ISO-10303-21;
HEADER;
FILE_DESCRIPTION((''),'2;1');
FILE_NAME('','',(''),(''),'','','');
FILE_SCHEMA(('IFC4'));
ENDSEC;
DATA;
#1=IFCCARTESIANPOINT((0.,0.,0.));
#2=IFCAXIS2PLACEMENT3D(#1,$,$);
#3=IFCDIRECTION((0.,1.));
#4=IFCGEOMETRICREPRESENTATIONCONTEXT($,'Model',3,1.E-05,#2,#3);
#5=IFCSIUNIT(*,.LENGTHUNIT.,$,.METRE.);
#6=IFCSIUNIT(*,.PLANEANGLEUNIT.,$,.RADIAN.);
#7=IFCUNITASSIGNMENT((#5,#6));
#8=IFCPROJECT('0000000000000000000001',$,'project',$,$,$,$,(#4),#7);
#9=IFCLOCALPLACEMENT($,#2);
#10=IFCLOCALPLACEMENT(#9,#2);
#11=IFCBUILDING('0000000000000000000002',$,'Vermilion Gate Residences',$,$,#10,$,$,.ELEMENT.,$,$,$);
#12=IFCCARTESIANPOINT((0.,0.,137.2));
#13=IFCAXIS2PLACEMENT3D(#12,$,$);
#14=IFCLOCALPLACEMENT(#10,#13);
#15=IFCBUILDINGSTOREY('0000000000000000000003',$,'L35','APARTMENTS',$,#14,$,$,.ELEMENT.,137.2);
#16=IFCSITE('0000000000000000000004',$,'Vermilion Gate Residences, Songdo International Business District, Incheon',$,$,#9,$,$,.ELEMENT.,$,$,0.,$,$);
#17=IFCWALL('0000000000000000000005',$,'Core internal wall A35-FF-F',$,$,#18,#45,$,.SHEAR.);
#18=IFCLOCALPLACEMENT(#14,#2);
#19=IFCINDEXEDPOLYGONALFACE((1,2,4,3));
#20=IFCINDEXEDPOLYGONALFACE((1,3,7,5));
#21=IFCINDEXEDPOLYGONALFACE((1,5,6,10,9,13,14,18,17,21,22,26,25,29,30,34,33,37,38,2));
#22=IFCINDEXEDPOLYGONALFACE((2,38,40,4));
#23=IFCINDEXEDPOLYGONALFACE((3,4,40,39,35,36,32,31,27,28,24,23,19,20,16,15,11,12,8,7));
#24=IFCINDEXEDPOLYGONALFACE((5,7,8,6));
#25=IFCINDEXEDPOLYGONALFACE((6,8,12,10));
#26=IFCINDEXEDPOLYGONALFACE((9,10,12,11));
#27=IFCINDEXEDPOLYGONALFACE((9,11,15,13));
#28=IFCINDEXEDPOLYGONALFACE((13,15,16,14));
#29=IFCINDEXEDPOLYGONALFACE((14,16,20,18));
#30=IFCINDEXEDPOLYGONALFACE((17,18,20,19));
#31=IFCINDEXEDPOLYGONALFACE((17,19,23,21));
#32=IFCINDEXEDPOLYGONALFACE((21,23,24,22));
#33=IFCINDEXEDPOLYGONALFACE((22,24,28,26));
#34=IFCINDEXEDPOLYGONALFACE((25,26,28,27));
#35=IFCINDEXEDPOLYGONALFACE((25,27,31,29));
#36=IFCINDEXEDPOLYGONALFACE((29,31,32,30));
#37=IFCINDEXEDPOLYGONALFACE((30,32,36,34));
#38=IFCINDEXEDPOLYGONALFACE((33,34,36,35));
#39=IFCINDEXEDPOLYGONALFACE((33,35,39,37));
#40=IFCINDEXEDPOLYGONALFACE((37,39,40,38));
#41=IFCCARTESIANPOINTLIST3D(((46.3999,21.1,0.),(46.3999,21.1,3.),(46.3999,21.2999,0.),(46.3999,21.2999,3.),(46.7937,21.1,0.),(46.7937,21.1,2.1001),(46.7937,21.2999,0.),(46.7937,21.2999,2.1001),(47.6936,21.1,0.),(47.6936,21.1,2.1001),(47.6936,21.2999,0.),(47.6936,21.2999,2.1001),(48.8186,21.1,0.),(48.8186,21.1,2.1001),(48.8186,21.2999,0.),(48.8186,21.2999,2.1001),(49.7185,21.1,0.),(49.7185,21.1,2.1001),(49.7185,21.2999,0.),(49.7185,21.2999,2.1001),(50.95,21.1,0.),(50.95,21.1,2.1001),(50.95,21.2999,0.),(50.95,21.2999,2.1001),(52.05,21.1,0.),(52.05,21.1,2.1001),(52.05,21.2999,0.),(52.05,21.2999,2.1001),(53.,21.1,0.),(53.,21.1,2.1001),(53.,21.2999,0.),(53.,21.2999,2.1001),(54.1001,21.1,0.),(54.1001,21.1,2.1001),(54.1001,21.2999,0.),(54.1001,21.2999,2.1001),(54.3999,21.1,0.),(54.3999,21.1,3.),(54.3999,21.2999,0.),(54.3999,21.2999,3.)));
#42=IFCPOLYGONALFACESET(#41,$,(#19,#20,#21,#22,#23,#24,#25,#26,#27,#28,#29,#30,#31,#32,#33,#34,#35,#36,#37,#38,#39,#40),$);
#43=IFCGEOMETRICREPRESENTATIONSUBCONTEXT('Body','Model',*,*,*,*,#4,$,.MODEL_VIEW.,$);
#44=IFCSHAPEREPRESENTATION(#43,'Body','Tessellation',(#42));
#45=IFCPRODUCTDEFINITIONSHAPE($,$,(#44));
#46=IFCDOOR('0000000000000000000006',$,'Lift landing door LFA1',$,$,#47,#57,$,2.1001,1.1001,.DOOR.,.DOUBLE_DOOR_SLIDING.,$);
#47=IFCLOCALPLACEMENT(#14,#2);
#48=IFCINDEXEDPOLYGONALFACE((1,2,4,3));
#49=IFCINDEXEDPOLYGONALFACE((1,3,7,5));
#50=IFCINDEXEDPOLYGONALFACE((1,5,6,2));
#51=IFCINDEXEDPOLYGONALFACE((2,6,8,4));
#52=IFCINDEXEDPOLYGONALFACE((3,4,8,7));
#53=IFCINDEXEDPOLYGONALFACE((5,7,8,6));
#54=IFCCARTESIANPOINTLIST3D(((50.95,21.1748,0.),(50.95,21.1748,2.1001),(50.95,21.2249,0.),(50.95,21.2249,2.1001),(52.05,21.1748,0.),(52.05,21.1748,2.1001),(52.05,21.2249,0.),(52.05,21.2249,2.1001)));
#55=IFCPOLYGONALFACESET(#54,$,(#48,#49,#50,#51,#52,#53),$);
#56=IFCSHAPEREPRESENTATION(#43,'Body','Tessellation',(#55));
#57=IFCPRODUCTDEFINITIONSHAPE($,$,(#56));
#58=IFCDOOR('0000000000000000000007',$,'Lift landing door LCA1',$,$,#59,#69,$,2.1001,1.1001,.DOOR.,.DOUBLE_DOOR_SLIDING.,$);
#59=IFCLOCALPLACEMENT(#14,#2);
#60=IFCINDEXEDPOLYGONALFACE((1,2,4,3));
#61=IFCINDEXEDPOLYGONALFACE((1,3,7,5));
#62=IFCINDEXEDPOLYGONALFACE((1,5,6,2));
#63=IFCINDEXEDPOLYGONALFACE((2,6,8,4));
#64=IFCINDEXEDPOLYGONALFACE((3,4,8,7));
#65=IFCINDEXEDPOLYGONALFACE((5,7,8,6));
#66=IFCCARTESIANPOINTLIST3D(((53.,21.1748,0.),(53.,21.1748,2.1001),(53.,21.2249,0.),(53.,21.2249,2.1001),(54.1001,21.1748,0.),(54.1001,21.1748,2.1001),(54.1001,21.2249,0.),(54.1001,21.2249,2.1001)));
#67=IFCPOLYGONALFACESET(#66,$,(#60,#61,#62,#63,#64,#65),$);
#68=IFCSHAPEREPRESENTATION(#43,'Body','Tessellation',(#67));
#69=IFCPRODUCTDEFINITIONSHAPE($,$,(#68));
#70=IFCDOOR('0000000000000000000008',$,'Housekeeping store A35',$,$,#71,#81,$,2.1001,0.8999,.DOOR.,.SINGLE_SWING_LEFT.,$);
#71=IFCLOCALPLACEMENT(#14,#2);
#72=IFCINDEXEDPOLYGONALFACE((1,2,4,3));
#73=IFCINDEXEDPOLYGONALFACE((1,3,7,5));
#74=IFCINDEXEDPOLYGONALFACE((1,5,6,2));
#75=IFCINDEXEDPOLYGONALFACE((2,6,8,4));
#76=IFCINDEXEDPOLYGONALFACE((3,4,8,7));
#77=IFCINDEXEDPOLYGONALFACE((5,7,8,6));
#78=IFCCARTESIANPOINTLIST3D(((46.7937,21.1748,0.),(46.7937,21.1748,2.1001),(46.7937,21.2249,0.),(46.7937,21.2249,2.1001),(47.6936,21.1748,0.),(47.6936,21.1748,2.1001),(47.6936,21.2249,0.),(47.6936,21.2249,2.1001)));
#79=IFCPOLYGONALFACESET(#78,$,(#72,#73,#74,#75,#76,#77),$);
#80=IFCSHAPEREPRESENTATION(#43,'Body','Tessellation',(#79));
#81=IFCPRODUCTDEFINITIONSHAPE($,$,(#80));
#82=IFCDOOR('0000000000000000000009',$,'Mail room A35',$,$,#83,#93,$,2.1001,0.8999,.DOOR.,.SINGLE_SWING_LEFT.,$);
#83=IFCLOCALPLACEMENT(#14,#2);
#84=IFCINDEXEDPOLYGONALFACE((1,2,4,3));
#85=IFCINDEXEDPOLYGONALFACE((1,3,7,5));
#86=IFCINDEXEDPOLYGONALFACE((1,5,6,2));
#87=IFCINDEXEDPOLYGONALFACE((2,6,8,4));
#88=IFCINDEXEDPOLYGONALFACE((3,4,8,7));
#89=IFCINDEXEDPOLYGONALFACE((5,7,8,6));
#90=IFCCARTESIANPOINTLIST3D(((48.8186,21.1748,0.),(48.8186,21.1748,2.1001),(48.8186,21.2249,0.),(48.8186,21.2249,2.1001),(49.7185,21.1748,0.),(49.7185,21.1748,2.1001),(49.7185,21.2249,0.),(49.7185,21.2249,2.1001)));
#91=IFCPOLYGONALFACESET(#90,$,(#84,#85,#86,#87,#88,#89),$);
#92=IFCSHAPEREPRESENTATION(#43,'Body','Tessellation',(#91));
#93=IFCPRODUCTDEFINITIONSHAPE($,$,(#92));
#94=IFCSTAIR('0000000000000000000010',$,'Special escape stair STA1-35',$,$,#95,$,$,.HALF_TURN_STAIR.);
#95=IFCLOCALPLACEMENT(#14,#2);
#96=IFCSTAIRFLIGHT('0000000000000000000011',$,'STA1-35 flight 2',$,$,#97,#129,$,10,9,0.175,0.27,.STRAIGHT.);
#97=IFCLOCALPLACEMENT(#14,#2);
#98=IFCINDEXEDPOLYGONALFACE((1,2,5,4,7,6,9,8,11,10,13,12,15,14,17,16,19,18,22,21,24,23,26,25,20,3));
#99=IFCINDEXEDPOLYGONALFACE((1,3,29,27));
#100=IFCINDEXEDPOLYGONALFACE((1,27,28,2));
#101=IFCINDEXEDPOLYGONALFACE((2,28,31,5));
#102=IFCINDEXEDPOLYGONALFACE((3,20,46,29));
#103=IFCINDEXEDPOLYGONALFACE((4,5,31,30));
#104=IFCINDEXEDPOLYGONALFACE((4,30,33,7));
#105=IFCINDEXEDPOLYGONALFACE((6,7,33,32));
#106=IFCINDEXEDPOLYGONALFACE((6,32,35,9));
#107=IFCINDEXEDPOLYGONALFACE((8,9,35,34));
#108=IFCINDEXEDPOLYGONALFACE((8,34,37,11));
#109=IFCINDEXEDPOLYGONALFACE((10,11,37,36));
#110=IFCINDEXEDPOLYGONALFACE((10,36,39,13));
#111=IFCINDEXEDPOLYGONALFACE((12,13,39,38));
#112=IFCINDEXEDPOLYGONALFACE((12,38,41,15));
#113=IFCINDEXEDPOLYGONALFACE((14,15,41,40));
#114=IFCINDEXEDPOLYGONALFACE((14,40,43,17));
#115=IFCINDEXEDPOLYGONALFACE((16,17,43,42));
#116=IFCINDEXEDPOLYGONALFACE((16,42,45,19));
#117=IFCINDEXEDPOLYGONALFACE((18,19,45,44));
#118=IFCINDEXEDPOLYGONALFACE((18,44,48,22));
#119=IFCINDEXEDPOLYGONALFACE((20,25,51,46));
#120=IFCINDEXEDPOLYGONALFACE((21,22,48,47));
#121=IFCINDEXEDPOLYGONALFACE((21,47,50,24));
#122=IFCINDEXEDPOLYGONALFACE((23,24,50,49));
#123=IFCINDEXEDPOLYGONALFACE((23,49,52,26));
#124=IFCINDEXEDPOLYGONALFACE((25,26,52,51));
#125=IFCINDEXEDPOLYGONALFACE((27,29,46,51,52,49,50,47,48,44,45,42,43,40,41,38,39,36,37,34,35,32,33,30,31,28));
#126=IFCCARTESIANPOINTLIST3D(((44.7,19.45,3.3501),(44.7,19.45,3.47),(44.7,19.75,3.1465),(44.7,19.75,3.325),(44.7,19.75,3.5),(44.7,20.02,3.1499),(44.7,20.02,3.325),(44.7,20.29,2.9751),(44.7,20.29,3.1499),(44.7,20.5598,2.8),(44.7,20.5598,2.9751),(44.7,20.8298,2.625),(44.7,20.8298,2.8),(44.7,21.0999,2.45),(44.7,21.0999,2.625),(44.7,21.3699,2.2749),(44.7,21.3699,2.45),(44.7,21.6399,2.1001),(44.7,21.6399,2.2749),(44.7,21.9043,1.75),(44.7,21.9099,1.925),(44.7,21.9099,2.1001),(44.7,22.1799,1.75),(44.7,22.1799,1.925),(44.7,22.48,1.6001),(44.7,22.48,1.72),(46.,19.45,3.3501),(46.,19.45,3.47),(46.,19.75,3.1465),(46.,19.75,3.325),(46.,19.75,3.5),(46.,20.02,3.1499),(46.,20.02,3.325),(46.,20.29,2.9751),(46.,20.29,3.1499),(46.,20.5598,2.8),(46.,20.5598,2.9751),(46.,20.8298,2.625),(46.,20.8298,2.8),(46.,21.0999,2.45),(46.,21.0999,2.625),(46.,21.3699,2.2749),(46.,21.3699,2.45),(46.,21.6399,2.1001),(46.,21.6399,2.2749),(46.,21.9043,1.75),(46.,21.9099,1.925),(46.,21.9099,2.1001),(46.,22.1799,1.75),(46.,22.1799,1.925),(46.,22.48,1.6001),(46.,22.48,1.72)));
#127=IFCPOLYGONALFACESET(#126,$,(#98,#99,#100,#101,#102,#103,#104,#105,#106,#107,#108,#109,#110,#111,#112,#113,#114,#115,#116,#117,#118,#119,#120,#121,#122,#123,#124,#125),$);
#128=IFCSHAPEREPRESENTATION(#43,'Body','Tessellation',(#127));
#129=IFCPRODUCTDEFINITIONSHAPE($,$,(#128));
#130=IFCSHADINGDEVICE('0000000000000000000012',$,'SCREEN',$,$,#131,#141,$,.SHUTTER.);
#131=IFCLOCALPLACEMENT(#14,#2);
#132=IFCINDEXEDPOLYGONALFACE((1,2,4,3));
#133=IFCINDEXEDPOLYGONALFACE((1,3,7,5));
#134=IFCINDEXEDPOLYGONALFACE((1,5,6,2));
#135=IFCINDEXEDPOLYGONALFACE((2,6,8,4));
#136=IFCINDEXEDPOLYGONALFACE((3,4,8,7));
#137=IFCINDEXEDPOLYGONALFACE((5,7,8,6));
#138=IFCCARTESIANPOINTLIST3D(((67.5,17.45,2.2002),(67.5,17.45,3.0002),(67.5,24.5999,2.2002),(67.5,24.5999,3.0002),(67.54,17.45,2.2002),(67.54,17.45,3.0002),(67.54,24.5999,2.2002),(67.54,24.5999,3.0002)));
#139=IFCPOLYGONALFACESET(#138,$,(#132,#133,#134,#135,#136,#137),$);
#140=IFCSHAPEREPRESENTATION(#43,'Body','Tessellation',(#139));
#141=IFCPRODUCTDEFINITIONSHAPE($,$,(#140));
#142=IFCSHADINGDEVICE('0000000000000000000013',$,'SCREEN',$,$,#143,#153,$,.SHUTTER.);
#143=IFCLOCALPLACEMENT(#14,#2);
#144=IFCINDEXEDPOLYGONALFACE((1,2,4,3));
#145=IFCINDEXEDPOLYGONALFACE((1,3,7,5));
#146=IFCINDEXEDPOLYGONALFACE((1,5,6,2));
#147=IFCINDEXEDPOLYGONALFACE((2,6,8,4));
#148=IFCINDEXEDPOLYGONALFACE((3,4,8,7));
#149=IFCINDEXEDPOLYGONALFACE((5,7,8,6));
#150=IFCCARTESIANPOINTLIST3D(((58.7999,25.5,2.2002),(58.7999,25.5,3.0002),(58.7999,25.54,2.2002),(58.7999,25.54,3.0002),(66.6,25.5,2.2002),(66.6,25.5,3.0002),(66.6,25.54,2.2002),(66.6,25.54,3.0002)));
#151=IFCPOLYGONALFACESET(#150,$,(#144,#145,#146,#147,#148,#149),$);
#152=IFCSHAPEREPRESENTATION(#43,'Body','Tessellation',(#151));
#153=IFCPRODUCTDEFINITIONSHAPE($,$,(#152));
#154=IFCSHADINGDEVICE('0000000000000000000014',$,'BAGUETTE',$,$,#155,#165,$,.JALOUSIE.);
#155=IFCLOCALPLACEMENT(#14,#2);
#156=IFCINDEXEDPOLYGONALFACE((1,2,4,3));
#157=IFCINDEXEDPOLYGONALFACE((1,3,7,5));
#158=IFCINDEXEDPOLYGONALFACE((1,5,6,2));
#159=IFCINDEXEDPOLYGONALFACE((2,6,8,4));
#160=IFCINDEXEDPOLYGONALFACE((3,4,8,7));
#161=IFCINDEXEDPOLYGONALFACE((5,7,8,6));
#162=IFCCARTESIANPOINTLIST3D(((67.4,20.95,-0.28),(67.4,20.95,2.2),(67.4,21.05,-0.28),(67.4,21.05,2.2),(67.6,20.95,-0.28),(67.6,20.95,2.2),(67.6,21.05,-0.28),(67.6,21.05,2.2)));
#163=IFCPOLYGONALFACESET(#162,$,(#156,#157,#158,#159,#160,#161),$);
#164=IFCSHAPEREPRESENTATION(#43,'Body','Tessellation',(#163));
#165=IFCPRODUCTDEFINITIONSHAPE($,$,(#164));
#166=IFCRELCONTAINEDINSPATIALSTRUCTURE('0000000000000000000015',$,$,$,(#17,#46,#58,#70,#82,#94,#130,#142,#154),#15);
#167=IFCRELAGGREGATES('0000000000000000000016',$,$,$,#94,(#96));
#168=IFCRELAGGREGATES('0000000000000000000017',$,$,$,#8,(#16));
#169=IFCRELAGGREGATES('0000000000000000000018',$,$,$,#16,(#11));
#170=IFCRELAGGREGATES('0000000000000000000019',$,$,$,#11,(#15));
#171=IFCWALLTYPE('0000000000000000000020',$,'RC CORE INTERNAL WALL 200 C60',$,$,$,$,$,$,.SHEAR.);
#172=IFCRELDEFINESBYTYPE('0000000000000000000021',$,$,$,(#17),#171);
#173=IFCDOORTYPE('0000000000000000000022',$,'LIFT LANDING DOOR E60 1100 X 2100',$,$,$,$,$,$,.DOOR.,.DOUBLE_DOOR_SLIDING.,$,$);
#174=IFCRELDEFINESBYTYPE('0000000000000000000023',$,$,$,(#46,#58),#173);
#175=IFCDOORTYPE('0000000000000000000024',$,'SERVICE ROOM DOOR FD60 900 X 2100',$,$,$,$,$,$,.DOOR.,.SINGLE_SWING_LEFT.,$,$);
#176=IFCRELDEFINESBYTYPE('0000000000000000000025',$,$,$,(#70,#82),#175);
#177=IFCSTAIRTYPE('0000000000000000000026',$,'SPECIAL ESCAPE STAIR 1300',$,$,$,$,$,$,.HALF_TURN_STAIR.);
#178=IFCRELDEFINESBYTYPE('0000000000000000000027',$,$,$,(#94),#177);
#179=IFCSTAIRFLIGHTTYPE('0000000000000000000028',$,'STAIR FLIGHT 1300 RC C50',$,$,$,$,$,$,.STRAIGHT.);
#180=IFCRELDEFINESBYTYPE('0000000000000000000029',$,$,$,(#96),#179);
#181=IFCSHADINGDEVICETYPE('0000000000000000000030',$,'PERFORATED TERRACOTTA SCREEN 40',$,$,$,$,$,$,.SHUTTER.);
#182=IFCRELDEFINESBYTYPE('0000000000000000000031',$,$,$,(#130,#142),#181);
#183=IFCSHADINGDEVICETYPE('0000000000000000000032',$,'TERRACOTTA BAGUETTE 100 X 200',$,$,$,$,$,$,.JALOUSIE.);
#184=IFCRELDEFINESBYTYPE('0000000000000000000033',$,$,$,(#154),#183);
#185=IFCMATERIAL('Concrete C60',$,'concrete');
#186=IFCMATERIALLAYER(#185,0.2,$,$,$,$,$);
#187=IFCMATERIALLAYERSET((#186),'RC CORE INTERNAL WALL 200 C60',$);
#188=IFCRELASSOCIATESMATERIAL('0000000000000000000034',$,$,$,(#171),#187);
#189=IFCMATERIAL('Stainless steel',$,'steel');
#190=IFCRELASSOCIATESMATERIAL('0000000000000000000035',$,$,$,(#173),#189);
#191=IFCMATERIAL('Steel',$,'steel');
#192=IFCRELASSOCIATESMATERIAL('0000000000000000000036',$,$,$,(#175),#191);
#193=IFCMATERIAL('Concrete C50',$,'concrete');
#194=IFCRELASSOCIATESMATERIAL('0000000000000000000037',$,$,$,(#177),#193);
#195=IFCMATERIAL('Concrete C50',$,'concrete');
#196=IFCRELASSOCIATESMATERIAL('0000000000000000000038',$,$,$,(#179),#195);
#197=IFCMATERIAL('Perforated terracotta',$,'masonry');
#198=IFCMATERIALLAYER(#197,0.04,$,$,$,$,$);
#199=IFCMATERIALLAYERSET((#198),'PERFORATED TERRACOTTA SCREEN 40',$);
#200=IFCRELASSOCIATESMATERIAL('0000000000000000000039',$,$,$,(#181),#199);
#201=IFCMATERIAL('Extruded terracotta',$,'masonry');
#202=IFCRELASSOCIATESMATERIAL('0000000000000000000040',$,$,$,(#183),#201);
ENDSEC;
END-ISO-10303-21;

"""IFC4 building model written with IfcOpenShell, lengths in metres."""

from ifc_helpers import new_model, si_unit, direction, frame, frame_2d, origin, origin_2d, place, context, subcontext, project, spatial, polyline, rectangle, outline, extrude, material, layer, layer_set, material_profile, profile_set, type_object, element, fill, aggregate, save


model = new_model("IFC4")

# Units and contexts
model_context = context("Model", 3, precision=1e-05, world=origin(), true_north=direction((0.0, 1.0)))
body_context = subcontext(model_context, "Body", "Model", "MODEL_VIEW")
ifc_project = project(units=[si_unit("LENGTHUNIT", "METRE"), si_unit("PLANEANGLEUNIT", "RADIAN")], contexts=[model_context])

# Site, building, storey
site_placement = place(None, origin())
site = spatial("IfcSite", under=ifc_project, at=site_placement, Name="Vermilion Gate Residences, Songdo International Business District, Incheon", CompositionType="ELEMENT", RefElevation=0.0)
building_placement = place(site_placement, origin())
building = spatial("IfcBuilding", under=site, at=building_placement, Name="Vermilion Gate Residences", CompositionType="ELEMENT")
storey_placement = place(building_placement, frame((0.0, 0.0, 137.2)))
storey = spatial("IfcBuildingStorey", under=building, at=storey_placement, Name="L35", Description="APARTMENTS", CompositionType="ELEMENT", Elevation=137.2)

# Shared definitions
ifc_material_1 = material(Name="Concrete C60", Category="concrete")
ifc_layer_1 = layer(ifc_material_1, 0.2)
ifc_layer_set_1 = layer_set([ifc_layer_1], Name="RC CORE INTERNAL WALL 200 C60")
wall_type_1 = type_object("IfcWallType", Name="RC CORE INTERNAL WALL 200 C60", PredefinedType="SHEAR", material=ifc_layer_set_1)

# Wall, openings, doors
wall_1_placement = place(storey_placement, frame((46.3999, 21.2, 0.0), z_axis=(0.0, 0.0, 1.0), x_axis=(1.0, 0.0, 0.0)))
wall_1 = element("IfcWall", 1, at=wall_1_placement, inside=storey, type_object=wall_type_1, Name="Core internal wall A35-FF-F", PredefinedType="SHEAR", context=body_context, shape_type="SweptSolid", body=[
    extrude(rectangle(XDim=8.0, YDim=0.2, at=frame_2d((4.0, 0.0))), origin(), (0.0, 0.0, 1.0), 3.0),
])
opening_1_placement = place(wall_1_placement, frame((0.3938, 0.0, 0.0)))
opening_1 = element("IfcOpeningElement", 2, at=opening_1_placement, cuts=wall_1, PredefinedType="OPENING", context=body_context, shape_type="SweptSolid", body=[
    extrude(rectangle(XDim=0.8999, YDim=2.1001, at=frame_2d((0.45, 1.05))), frame((0.0, 0.1099, 0.0), z_axis=(0.0, -1.0, 0.0), x_axis=(1.0, 0.0, 0.0)), (0.0, 0.0, 1.0), 0.22),
])
opening_2_placement = place(wall_1_placement, frame((2.4187, 0.0, 0.0)))
opening_2 = element("IfcOpeningElement", 3, at=opening_2_placement, cuts=wall_1, PredefinedType="OPENING", context=body_context, shape_type="SweptSolid", body=[
    extrude(rectangle(XDim=0.8999, YDim=2.1001, at=frame_2d((0.45, 1.05))), frame((0.0, 0.1099, 0.0), z_axis=(0.0, -1.0, 0.0), x_axis=(1.0, 0.0, 0.0)), (0.0, 0.0, 1.0), 0.22),
])
opening_3_placement = place(wall_1_placement, frame((4.55, 0.0, 0.0)))
opening_3 = element("IfcOpeningElement", 4, at=opening_3_placement, cuts=wall_1, PredefinedType="OPENING", context=body_context, shape_type="SweptSolid", body=[
    extrude(rectangle(XDim=1.1001, YDim=2.1001, at=frame_2d((0.55, 1.05))), frame((0.0, 0.1099, 0.0), z_axis=(0.0, -1.0, 0.0), x_axis=(1.0, 0.0, 0.0)), (0.0, 0.0, 1.0), 0.22),
])
opening_4_placement = place(wall_1_placement, frame((6.6001, 0.0, 0.0)))
opening_4 = element("IfcOpeningElement", 5, at=opening_4_placement, cuts=wall_1, PredefinedType="OPENING", context=body_context, shape_type="SweptSolid", body=[
    extrude(rectangle(XDim=1.1001, YDim=2.1001, at=frame_2d((0.55, 1.05))), frame((0.0, 0.1099, 0.0), z_axis=(0.0, -1.0, 0.0), x_axis=(1.0, 0.0, 0.0)), (0.0, 0.0, 1.0), 0.22),
])
ifc_material_2 = material(Name="Stainless steel", Category="steel")
door_type_1 = type_object("IfcDoorType", Name="LIFT LANDING DOOR E60 1100 X 2100", OperationType="DOUBLE_DOOR_SLIDING", PredefinedType="DOOR", material=ifc_material_2)
door_1_placement = place(opening_3_placement, origin())
door_1 = element("IfcDoor", 6, at=door_1_placement, inside=storey, type_object=door_type_1, Name="Lift landing door LFA1", OperationType="DOUBLE_DOOR_SLIDING", OverallHeight=2.1001, OverallWidth=1.1001, PredefinedType="DOOR", context=body_context, shape_type="SweptSolid", body=[
    extrude(rectangle(XDim=1.1001, YDim=2.1001, at=frame_2d((0.55, 1.05))), frame((0.0, 0.0249, 0.0), z_axis=(0.0, -1.0, 0.0), x_axis=(1.0, 0.0, 0.0)), (0.0, 0.0, 1.0), 0.05),
])
fill(opening_3, door_1)
door_2_placement = place(opening_4_placement, origin())
door_2 = element("IfcDoor", 7, at=door_2_placement, inside=storey, type_object=door_type_1, Name="Lift landing door LCA1", OperationType="DOUBLE_DOOR_SLIDING", OverallHeight=2.1001, OverallWidth=1.1001, PredefinedType="DOOR", context=body_context, shape_type="SweptSolid", body=[
    extrude(rectangle(XDim=1.1001, YDim=2.1001, at=frame_2d((0.55, 1.05))), frame((0.0, 0.0249, 0.0), z_axis=(0.0, -1.0, 0.0), x_axis=(1.0, 0.0, 0.0)), (0.0, 0.0, 1.0), 0.05),
])
fill(opening_4, door_2)
ifc_material_3 = material(Name="Steel", Category="steel")
door_type_2 = type_object("IfcDoorType", Name="SERVICE ROOM DOOR FD60 900 X 2100", OperationType="SINGLE_SWING_LEFT", PredefinedType="DOOR", material=ifc_material_3)
door_3_placement = place(opening_1_placement, origin())
door_3 = element("IfcDoor", 8, at=door_3_placement, inside=storey, type_object=door_type_2, Name="Housekeeping store A35", OperationType="SINGLE_SWING_LEFT", OverallHeight=2.1001, OverallWidth=0.8999, PredefinedType="DOOR", context=body_context, shape_type="SweptSolid", body=[
    extrude(rectangle(XDim=0.8999, YDim=2.1001, at=frame_2d((0.45, 1.05))), frame((0.0, 0.0249, 0.0), z_axis=(0.0, -1.0, 0.0), x_axis=(1.0, 0.0, 0.0)), (0.0, 0.0, 1.0), 0.05),
])
fill(opening_1, door_3)
door_4_placement = place(opening_2_placement, origin())
door_4 = element("IfcDoor", 9, at=door_4_placement, inside=storey, type_object=door_type_2, Name="Mail room A35", OperationType="SINGLE_SWING_LEFT", OverallHeight=2.1001, OverallWidth=0.8999, PredefinedType="DOOR", context=body_context, shape_type="SweptSolid", body=[
    extrude(rectangle(XDim=0.8999, YDim=2.1001, at=frame_2d((0.45, 1.05))), frame((0.0, 0.0249, 0.0), z_axis=(0.0, -1.0, 0.0), x_axis=(1.0, 0.0, 0.0)), (0.0, 0.0, 1.0), 0.05),
])
fill(opening_2, door_4)

# Stair, stair flight
ifc_material_4 = material(Name="Concrete C50", Category="concrete")
stair_type = type_object("IfcStairType", Name="SPECIAL ESCAPE STAIR 1300", PredefinedType="HALF_TURN_STAIR", material=ifc_material_4)
stair_placement = place(storey_placement, origin())
stair = element("IfcStair", 10, at=stair_placement, inside=storey, type_object=stair_type, Name="Special escape stair STA1-35", PredefinedType="HALF_TURN_STAIR")
ifc_material_5 = material(Name="Concrete C50", Category="concrete")
stair_flight_type = type_object("IfcStairFlightType", Name="STAIR FLIGHT 1300 RC C50", PredefinedType="STRAIGHT", material=ifc_material_5)
stair_flight_placement = place(storey_placement, frame((45.3501, 22.1799, 1.75), z_axis=(0.0, 0.0, 1.0), x_axis=(0.0, -1.0, 0.0)))
stair_flight = element("IfcStairFlight", 11, at=stair_flight_placement, type_object=stair_flight_type, Name="STA1-35 flight 2", NumberOfRisers=10, NumberOfTreads=9, PredefinedType="STRAIGHT", RiserHeight=0.175, TreadLength=0.27, context=body_context, shape_type="SweptSolid", body=[
    extrude(outline(polyline([(-0.3, -0.1499), (-0.3, -0.03), (0.0, 0.0), (0.0, 0.175), (0.27, 0.175), (0.27, 0.3501), (0.54, 0.3501), (0.54, 0.5249), (0.8101, 0.5249), (0.8101, 0.7), (1.0801, 0.7), (1.0801, 0.875), (1.3501, 0.875), (1.3501, 1.05), (1.6201, 1.05), (1.6201, 1.2251), (1.8899, 1.2251), (1.8899, 1.3999), (2.1599, 1.3999), (2.1599, 1.575), (2.4299, 1.575), (2.4299, 1.75), (2.73, 1.72), (2.73, 1.6001), (2.4299, 1.3965), (0.2756, 0.0), (-0.3, -0.1499)])), frame((0.0, 0.6499, 0.0), z_axis=(0.0, -1.0, 0.0), x_axis=(1.0, 0.0, 0.0)), (0.0, 0.0, 1.0), 1.3),
])
aggregate(stair, [stair_flight])

# Shading devices
ifc_material_6 = material(Name="Perforated terracotta", Category="masonry")
ifc_layer_2 = layer(ifc_material_6, 0.04)
ifc_layer_set_2 = layer_set([ifc_layer_2], Name="PERFORATED TERRACOTTA SCREEN 40")
shading_device_type_1 = type_object("IfcShadingDeviceType", Name="PERFORATED TERRACOTTA SCREEN 40", PredefinedType="SHUTTER", material=ifc_layer_set_2)
shading_device_1_placement = place(storey_placement, frame((67.52, 21.0249, 2.2002), z_axis=(0.0, 0.0, 1.0), x_axis=(0.0, 1.0, 0.0)))
element("IfcShadingDevice", 12, at=shading_device_1_placement, inside=storey, type_object=shading_device_type_1, Name="SCREEN", PredefinedType="SHUTTER", context=body_context, shape_type="SweptSolid", body=[
    extrude(rectangle(XDim=7.1499, YDim=0.04, at=origin_2d()), origin(), (0.0, 0.0, 1.0), 0.8),
])
shading_device_2_placement = place(storey_placement, frame((62.7, 25.52, 2.2002), z_axis=(0.0, 0.0, 1.0), x_axis=(-1.0, 0.0, 0.0)))
element("IfcShadingDevice", 13, at=shading_device_2_placement, inside=storey, type_object=shading_device_type_1, Name="SCREEN", PredefinedType="SHUTTER", context=body_context, shape_type="SweptSolid", body=[
    extrude(rectangle(XDim=7.8, YDim=0.04, at=origin_2d()), origin(), (0.0, 0.0, 1.0), 0.8),
])
ifc_material_7 = material(Name="Extruded terracotta", Category="masonry")
ifc_material_profile_1 = material_profile(ifc_material_7, rectangle(XDim=0.2, YDim=0.1001, at=origin_2d()), Name="BAGUETTE 100 X 200")
ifc_profile_set_1 = profile_set([ifc_material_profile_1], Name="Extruded terracotta")
shading_device_type_2 = type_object("IfcShadingDeviceType", Name="TERRACOTTA BAGUETTE 100 X 200", PredefinedType="JALOUSIE", material=ifc_profile_set_1)
for number, where, z_axis, x_axis, name in (
    (14, (67.5, 21.0, -0.28), (0.0, 0.0, 1.0), (-1.0, 0.0, 0.0), "BAGUETTE"),
):
    element("IfcShadingDevice", number, at=place(storey_placement, frame(where, z_axis=z_axis, x_axis=x_axis)), inside=storey, type_object=shading_device_type_2, Name=name, PredefinedType="JALOUSIE", context=body_context, shape_type="SweptSolid", body=[
        extrude(rectangle(XDim=0.2, YDim=0.1001, at=origin_2d()), origin(), (0.0, 0.0, 1.0), 2.48),
    ])

save(model, "model.ifc")
